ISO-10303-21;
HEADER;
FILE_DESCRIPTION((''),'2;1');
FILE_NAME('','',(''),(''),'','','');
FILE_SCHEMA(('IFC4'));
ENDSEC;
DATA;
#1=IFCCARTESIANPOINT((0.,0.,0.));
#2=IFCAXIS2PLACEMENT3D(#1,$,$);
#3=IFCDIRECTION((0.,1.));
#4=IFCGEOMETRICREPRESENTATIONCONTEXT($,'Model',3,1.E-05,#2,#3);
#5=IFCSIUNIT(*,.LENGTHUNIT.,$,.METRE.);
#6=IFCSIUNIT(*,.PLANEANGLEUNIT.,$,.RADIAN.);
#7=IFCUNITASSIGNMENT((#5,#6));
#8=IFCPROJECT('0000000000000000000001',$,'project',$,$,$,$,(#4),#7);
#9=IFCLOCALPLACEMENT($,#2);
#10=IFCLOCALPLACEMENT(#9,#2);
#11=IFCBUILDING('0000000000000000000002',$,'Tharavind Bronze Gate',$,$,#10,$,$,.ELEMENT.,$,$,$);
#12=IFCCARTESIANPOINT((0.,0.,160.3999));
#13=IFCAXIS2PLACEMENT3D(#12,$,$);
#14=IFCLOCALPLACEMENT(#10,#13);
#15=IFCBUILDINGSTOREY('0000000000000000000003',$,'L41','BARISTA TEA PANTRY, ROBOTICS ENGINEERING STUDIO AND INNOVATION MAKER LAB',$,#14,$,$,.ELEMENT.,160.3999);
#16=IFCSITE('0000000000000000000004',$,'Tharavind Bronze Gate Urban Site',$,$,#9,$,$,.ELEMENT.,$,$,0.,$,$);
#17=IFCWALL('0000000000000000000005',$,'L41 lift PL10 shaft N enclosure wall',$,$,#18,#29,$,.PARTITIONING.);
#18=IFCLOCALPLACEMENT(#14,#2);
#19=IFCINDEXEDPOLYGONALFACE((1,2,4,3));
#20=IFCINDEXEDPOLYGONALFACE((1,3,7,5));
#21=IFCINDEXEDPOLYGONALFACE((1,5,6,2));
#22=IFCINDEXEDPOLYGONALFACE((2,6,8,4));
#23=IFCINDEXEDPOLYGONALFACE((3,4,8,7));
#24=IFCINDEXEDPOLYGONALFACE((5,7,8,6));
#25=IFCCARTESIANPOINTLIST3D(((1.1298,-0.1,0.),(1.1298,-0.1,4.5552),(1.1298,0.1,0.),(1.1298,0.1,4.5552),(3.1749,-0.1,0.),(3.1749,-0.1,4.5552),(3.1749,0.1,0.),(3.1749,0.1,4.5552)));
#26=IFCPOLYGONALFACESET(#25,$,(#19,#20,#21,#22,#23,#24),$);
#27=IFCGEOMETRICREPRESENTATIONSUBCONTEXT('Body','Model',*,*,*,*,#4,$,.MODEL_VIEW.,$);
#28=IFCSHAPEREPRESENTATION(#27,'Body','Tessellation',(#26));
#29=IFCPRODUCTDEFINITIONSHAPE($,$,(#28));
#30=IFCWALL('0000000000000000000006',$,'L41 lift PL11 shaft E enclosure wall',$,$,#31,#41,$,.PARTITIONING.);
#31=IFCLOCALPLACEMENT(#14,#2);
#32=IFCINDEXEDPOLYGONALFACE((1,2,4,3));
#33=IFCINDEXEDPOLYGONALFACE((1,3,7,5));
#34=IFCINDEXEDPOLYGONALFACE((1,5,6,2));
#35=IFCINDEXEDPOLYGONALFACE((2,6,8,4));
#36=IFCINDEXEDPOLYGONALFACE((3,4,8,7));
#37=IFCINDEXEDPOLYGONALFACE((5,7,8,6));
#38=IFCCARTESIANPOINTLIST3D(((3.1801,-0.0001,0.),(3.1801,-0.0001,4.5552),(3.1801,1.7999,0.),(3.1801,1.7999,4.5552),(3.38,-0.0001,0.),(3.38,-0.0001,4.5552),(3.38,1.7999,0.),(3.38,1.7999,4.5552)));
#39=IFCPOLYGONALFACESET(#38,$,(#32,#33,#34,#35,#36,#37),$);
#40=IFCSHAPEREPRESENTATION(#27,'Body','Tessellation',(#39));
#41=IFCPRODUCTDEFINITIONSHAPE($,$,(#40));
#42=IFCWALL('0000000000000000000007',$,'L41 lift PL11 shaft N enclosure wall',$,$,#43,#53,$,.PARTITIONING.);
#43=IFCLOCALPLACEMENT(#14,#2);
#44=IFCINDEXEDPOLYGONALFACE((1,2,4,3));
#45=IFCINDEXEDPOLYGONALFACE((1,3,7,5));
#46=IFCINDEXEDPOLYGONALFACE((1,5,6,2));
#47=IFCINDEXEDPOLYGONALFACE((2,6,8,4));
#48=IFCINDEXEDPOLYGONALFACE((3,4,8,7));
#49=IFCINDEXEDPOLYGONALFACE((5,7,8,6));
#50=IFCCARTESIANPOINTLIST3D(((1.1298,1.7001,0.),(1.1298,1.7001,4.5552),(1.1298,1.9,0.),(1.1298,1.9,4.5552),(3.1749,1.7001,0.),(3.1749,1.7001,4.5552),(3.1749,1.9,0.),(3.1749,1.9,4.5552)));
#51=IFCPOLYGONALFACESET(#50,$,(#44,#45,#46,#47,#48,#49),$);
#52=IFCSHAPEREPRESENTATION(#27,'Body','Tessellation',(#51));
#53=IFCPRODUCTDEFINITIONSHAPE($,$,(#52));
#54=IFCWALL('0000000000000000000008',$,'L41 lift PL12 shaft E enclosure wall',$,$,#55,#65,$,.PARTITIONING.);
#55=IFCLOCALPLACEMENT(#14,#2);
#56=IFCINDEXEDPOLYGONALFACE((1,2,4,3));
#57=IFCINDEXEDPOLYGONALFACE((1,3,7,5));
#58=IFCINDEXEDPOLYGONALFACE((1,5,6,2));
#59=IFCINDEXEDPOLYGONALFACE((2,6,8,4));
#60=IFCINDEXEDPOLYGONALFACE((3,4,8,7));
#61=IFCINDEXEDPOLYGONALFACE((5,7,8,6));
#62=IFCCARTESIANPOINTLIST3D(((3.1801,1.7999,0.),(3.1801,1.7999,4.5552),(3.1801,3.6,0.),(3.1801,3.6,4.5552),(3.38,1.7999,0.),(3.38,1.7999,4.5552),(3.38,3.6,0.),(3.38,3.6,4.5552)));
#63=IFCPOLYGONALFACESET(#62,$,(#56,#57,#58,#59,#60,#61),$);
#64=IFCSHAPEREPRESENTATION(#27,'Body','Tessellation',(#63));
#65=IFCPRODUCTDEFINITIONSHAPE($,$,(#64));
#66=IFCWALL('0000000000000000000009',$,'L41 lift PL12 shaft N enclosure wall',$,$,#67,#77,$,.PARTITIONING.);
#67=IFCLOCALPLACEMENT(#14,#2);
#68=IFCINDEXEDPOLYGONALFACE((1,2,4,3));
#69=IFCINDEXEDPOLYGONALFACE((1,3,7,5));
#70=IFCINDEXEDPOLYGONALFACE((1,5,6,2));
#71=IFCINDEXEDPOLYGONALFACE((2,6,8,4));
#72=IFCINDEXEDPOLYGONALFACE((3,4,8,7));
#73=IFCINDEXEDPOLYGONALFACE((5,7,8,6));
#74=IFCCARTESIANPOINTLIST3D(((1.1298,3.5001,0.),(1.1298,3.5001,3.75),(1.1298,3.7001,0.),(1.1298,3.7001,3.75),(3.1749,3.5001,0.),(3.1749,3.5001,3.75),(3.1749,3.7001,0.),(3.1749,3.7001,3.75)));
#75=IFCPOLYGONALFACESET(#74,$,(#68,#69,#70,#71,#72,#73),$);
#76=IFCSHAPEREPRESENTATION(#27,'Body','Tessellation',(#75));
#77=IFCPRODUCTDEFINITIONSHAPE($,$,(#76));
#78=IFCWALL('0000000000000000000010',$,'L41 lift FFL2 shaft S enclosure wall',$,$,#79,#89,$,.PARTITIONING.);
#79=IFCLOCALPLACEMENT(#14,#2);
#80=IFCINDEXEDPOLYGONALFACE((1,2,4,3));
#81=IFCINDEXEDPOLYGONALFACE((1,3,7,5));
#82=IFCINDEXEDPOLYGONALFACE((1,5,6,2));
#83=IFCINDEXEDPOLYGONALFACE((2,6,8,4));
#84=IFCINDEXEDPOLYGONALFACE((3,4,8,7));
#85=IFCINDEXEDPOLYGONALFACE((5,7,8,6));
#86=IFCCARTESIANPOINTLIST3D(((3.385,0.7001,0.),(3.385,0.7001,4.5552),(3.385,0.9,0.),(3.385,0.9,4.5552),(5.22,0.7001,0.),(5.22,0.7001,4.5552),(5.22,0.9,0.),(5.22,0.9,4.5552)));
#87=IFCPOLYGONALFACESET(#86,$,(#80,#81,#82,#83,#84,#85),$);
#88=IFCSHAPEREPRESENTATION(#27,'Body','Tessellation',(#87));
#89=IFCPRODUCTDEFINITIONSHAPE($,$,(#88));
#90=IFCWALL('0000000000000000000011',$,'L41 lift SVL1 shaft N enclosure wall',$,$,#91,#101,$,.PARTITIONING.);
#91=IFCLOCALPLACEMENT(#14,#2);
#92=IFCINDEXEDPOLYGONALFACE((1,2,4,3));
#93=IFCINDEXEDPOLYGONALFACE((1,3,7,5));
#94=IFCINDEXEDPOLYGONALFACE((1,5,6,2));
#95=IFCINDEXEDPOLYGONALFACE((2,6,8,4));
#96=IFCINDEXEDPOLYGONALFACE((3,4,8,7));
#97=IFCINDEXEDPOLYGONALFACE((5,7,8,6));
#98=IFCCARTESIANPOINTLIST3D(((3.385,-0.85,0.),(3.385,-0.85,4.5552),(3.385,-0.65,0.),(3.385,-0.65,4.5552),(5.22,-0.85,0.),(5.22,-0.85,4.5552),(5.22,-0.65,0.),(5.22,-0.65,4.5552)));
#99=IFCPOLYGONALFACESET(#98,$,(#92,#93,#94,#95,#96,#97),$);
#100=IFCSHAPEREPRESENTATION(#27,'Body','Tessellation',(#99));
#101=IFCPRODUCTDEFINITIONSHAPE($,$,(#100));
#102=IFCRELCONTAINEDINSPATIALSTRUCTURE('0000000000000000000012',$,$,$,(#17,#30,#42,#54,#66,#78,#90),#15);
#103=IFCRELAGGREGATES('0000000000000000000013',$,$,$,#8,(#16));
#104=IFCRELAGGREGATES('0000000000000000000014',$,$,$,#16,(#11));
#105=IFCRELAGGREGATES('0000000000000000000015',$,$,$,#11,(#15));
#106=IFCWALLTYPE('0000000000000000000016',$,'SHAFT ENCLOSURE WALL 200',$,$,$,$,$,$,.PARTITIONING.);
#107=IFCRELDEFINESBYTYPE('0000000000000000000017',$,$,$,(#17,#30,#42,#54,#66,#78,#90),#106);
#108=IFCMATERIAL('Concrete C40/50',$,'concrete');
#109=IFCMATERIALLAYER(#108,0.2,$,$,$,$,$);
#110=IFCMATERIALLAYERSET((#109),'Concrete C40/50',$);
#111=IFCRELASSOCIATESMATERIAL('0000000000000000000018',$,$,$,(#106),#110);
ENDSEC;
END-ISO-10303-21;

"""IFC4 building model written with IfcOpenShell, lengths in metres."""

from ifc_helpers import new_model, si_unit, direction, frame, frame_2d, origin, place, context, subcontext, project, spatial, rectangle, extrude, material, layer, layer_set, type_object, element, save


model = new_model("IFC4")

# Units and contexts
model_context = context("Model", 3, precision=1e-05, world=origin(), true_north=direction((0.0, 1.0)))
body_context = subcontext(model_context, "Body", "Model", "MODEL_VIEW")
ifc_project = project(units=[si_unit("LENGTHUNIT", "METRE"), si_unit("PLANEANGLEUNIT", "RADIAN")], contexts=[model_context])

# Site, building, storey
site_placement = place(None, origin())
site = spatial("IfcSite", under=ifc_project, at=site_placement, Name="Tharavind Bronze Gate Urban Site", CompositionType="ELEMENT", RefElevation=0.0)
building_placement = place(site_placement, origin())
building = spatial("IfcBuilding", under=site, at=building_placement, Name="Tharavind Bronze Gate", CompositionType="ELEMENT")
storey_placement = place(building_placement, frame((0.0, 0.0, 160.3999)))
storey = spatial("IfcBuildingStorey", under=building, at=storey_placement, Name="L41", Description="BARISTA TEA PANTRY, ROBOTICS ENGINEERING STUDIO AND INNOVATION MAKER LAB", CompositionType="ELEMENT", Elevation=160.3999)

# Shared definitions
ifc_material_1 = material(Name="Concrete C40/50", Category="concrete")

# Walls
ifc_layer_1 = layer(ifc_material_1, 0.2)
ifc_layer_set_1 = layer_set([ifc_layer_1], Name="Concrete C40/50")
wall_type_1 = type_object("IfcWallType", Name="SHAFT ENCLOSURE WALL 200", PredefinedType="PARTITIONING", material=ifc_layer_set_1)
wall_1_placement = place(storey_placement, frame((1.1299, 0.0, 0.0), z_axis=(0.0, 0.0, 1.0), x_axis=(1.0, 0.0, 0.0)))
element("IfcWall", 1, at=wall_1_placement, inside=storey, type_object=wall_type_1, Name="L41 lift PL10 shaft N enclosure wall", PredefinedType="PARTITIONING", context=body_context, shape_type="SweptSolid", body=[
    extrude(rectangle(XDim=2.0452, YDim=0.2, at=frame_2d((1.0225, 0.0))), origin(), (0.0, 0.0, 1.0), 4.5552),
])
wall_2_placement = place(storey_placement, frame((3.28, 0.0, 0.0), z_axis=(0.0, 0.0, 1.0), x_axis=(0.0, 1.0, 0.0)))
element("IfcWall", 2, at=wall_2_placement, inside=storey, type_object=wall_type_1, Name="L41 lift PL11 shaft E enclosure wall", PredefinedType="PARTITIONING", context=body_context, shape_type="SweptSolid", body=[
    extrude(rectangle(XDim=1.8, YDim=0.2, at=frame_2d((0.8999, 0.0))), origin(), (0.0, 0.0, 1.0), 4.5552),
])
wall_3_placement = place(storey_placement, frame((1.1299, 1.8, 0.0), z_axis=(0.0, 0.0, 1.0), x_axis=(1.0, 0.0, 0.0)))
element("IfcWall", 3, at=wall_3_placement, inside=storey, type_object=wall_type_1, Name="L41 lift PL11 shaft N enclosure wall", PredefinedType="PARTITIONING", context=body_context, shape_type="SweptSolid", body=[
    extrude(rectangle(XDim=2.0452, YDim=0.2, at=frame_2d((1.0225, 0.0))), origin(), (0.0, 0.0, 1.0), 4.5552),
])
wall_4_placement = place(storey_placement, frame((3.28, 1.8, 0.0), z_axis=(0.0, 0.0, 1.0), x_axis=(0.0, 1.0, 0.0)))
element("IfcWall", 4, at=wall_4_placement, inside=storey, type_object=wall_type_1, Name="L41 lift PL12 shaft E enclosure wall", PredefinedType="PARTITIONING", context=body_context, shape_type="SweptSolid", body=[
    extrude(rectangle(XDim=1.8, YDim=0.2, at=frame_2d((0.8999, 0.0))), origin(), (0.0, 0.0, 1.0), 4.5552),
])
wall_5_placement = place(storey_placement, frame((1.1299, 3.6001, 0.0), z_axis=(0.0, 0.0, 1.0), x_axis=(1.0, 0.0, 0.0)))
element("IfcWall", 5, at=wall_5_placement, inside=storey, type_object=wall_type_1, Name="L41 lift PL12 shaft N enclosure wall", PredefinedType="PARTITIONING", context=body_context, shape_type="SweptSolid", body=[
    extrude(rectangle(XDim=2.0452, YDim=0.2, at=frame_2d((1.0225, 0.0))), origin(), (0.0, 0.0, 1.0), 3.75),
])
for number, where, z_axis, x_axis, name in (
    (6, (3.385, 0.8, 0.0), (0.0, 0.0, 1.0), (1.0, 0.0, 0.0), "L41 lift FFL2 shaft S enclosure wall"),
    (7, (3.385, -0.75, 0.0), (0.0, 0.0, 1.0), (1.0, 0.0, 0.0), "L41 lift SVL1 shaft N enclosure wall"),
):
    element("IfcWall", number, at=place(storey_placement, frame(where, z_axis=z_axis, x_axis=x_axis)), inside=storey, type_object=wall_type_1, Name=name, PredefinedType="PARTITIONING", context=body_context, shape_type="SweptSolid", body=[
        extrude(rectangle(XDim=1.835, YDim=0.2, at=frame_2d((0.9175, 0.0))), origin(), (0.0, 0.0, 1.0), 4.5552),
    ])

save(model, "model.ifc")
